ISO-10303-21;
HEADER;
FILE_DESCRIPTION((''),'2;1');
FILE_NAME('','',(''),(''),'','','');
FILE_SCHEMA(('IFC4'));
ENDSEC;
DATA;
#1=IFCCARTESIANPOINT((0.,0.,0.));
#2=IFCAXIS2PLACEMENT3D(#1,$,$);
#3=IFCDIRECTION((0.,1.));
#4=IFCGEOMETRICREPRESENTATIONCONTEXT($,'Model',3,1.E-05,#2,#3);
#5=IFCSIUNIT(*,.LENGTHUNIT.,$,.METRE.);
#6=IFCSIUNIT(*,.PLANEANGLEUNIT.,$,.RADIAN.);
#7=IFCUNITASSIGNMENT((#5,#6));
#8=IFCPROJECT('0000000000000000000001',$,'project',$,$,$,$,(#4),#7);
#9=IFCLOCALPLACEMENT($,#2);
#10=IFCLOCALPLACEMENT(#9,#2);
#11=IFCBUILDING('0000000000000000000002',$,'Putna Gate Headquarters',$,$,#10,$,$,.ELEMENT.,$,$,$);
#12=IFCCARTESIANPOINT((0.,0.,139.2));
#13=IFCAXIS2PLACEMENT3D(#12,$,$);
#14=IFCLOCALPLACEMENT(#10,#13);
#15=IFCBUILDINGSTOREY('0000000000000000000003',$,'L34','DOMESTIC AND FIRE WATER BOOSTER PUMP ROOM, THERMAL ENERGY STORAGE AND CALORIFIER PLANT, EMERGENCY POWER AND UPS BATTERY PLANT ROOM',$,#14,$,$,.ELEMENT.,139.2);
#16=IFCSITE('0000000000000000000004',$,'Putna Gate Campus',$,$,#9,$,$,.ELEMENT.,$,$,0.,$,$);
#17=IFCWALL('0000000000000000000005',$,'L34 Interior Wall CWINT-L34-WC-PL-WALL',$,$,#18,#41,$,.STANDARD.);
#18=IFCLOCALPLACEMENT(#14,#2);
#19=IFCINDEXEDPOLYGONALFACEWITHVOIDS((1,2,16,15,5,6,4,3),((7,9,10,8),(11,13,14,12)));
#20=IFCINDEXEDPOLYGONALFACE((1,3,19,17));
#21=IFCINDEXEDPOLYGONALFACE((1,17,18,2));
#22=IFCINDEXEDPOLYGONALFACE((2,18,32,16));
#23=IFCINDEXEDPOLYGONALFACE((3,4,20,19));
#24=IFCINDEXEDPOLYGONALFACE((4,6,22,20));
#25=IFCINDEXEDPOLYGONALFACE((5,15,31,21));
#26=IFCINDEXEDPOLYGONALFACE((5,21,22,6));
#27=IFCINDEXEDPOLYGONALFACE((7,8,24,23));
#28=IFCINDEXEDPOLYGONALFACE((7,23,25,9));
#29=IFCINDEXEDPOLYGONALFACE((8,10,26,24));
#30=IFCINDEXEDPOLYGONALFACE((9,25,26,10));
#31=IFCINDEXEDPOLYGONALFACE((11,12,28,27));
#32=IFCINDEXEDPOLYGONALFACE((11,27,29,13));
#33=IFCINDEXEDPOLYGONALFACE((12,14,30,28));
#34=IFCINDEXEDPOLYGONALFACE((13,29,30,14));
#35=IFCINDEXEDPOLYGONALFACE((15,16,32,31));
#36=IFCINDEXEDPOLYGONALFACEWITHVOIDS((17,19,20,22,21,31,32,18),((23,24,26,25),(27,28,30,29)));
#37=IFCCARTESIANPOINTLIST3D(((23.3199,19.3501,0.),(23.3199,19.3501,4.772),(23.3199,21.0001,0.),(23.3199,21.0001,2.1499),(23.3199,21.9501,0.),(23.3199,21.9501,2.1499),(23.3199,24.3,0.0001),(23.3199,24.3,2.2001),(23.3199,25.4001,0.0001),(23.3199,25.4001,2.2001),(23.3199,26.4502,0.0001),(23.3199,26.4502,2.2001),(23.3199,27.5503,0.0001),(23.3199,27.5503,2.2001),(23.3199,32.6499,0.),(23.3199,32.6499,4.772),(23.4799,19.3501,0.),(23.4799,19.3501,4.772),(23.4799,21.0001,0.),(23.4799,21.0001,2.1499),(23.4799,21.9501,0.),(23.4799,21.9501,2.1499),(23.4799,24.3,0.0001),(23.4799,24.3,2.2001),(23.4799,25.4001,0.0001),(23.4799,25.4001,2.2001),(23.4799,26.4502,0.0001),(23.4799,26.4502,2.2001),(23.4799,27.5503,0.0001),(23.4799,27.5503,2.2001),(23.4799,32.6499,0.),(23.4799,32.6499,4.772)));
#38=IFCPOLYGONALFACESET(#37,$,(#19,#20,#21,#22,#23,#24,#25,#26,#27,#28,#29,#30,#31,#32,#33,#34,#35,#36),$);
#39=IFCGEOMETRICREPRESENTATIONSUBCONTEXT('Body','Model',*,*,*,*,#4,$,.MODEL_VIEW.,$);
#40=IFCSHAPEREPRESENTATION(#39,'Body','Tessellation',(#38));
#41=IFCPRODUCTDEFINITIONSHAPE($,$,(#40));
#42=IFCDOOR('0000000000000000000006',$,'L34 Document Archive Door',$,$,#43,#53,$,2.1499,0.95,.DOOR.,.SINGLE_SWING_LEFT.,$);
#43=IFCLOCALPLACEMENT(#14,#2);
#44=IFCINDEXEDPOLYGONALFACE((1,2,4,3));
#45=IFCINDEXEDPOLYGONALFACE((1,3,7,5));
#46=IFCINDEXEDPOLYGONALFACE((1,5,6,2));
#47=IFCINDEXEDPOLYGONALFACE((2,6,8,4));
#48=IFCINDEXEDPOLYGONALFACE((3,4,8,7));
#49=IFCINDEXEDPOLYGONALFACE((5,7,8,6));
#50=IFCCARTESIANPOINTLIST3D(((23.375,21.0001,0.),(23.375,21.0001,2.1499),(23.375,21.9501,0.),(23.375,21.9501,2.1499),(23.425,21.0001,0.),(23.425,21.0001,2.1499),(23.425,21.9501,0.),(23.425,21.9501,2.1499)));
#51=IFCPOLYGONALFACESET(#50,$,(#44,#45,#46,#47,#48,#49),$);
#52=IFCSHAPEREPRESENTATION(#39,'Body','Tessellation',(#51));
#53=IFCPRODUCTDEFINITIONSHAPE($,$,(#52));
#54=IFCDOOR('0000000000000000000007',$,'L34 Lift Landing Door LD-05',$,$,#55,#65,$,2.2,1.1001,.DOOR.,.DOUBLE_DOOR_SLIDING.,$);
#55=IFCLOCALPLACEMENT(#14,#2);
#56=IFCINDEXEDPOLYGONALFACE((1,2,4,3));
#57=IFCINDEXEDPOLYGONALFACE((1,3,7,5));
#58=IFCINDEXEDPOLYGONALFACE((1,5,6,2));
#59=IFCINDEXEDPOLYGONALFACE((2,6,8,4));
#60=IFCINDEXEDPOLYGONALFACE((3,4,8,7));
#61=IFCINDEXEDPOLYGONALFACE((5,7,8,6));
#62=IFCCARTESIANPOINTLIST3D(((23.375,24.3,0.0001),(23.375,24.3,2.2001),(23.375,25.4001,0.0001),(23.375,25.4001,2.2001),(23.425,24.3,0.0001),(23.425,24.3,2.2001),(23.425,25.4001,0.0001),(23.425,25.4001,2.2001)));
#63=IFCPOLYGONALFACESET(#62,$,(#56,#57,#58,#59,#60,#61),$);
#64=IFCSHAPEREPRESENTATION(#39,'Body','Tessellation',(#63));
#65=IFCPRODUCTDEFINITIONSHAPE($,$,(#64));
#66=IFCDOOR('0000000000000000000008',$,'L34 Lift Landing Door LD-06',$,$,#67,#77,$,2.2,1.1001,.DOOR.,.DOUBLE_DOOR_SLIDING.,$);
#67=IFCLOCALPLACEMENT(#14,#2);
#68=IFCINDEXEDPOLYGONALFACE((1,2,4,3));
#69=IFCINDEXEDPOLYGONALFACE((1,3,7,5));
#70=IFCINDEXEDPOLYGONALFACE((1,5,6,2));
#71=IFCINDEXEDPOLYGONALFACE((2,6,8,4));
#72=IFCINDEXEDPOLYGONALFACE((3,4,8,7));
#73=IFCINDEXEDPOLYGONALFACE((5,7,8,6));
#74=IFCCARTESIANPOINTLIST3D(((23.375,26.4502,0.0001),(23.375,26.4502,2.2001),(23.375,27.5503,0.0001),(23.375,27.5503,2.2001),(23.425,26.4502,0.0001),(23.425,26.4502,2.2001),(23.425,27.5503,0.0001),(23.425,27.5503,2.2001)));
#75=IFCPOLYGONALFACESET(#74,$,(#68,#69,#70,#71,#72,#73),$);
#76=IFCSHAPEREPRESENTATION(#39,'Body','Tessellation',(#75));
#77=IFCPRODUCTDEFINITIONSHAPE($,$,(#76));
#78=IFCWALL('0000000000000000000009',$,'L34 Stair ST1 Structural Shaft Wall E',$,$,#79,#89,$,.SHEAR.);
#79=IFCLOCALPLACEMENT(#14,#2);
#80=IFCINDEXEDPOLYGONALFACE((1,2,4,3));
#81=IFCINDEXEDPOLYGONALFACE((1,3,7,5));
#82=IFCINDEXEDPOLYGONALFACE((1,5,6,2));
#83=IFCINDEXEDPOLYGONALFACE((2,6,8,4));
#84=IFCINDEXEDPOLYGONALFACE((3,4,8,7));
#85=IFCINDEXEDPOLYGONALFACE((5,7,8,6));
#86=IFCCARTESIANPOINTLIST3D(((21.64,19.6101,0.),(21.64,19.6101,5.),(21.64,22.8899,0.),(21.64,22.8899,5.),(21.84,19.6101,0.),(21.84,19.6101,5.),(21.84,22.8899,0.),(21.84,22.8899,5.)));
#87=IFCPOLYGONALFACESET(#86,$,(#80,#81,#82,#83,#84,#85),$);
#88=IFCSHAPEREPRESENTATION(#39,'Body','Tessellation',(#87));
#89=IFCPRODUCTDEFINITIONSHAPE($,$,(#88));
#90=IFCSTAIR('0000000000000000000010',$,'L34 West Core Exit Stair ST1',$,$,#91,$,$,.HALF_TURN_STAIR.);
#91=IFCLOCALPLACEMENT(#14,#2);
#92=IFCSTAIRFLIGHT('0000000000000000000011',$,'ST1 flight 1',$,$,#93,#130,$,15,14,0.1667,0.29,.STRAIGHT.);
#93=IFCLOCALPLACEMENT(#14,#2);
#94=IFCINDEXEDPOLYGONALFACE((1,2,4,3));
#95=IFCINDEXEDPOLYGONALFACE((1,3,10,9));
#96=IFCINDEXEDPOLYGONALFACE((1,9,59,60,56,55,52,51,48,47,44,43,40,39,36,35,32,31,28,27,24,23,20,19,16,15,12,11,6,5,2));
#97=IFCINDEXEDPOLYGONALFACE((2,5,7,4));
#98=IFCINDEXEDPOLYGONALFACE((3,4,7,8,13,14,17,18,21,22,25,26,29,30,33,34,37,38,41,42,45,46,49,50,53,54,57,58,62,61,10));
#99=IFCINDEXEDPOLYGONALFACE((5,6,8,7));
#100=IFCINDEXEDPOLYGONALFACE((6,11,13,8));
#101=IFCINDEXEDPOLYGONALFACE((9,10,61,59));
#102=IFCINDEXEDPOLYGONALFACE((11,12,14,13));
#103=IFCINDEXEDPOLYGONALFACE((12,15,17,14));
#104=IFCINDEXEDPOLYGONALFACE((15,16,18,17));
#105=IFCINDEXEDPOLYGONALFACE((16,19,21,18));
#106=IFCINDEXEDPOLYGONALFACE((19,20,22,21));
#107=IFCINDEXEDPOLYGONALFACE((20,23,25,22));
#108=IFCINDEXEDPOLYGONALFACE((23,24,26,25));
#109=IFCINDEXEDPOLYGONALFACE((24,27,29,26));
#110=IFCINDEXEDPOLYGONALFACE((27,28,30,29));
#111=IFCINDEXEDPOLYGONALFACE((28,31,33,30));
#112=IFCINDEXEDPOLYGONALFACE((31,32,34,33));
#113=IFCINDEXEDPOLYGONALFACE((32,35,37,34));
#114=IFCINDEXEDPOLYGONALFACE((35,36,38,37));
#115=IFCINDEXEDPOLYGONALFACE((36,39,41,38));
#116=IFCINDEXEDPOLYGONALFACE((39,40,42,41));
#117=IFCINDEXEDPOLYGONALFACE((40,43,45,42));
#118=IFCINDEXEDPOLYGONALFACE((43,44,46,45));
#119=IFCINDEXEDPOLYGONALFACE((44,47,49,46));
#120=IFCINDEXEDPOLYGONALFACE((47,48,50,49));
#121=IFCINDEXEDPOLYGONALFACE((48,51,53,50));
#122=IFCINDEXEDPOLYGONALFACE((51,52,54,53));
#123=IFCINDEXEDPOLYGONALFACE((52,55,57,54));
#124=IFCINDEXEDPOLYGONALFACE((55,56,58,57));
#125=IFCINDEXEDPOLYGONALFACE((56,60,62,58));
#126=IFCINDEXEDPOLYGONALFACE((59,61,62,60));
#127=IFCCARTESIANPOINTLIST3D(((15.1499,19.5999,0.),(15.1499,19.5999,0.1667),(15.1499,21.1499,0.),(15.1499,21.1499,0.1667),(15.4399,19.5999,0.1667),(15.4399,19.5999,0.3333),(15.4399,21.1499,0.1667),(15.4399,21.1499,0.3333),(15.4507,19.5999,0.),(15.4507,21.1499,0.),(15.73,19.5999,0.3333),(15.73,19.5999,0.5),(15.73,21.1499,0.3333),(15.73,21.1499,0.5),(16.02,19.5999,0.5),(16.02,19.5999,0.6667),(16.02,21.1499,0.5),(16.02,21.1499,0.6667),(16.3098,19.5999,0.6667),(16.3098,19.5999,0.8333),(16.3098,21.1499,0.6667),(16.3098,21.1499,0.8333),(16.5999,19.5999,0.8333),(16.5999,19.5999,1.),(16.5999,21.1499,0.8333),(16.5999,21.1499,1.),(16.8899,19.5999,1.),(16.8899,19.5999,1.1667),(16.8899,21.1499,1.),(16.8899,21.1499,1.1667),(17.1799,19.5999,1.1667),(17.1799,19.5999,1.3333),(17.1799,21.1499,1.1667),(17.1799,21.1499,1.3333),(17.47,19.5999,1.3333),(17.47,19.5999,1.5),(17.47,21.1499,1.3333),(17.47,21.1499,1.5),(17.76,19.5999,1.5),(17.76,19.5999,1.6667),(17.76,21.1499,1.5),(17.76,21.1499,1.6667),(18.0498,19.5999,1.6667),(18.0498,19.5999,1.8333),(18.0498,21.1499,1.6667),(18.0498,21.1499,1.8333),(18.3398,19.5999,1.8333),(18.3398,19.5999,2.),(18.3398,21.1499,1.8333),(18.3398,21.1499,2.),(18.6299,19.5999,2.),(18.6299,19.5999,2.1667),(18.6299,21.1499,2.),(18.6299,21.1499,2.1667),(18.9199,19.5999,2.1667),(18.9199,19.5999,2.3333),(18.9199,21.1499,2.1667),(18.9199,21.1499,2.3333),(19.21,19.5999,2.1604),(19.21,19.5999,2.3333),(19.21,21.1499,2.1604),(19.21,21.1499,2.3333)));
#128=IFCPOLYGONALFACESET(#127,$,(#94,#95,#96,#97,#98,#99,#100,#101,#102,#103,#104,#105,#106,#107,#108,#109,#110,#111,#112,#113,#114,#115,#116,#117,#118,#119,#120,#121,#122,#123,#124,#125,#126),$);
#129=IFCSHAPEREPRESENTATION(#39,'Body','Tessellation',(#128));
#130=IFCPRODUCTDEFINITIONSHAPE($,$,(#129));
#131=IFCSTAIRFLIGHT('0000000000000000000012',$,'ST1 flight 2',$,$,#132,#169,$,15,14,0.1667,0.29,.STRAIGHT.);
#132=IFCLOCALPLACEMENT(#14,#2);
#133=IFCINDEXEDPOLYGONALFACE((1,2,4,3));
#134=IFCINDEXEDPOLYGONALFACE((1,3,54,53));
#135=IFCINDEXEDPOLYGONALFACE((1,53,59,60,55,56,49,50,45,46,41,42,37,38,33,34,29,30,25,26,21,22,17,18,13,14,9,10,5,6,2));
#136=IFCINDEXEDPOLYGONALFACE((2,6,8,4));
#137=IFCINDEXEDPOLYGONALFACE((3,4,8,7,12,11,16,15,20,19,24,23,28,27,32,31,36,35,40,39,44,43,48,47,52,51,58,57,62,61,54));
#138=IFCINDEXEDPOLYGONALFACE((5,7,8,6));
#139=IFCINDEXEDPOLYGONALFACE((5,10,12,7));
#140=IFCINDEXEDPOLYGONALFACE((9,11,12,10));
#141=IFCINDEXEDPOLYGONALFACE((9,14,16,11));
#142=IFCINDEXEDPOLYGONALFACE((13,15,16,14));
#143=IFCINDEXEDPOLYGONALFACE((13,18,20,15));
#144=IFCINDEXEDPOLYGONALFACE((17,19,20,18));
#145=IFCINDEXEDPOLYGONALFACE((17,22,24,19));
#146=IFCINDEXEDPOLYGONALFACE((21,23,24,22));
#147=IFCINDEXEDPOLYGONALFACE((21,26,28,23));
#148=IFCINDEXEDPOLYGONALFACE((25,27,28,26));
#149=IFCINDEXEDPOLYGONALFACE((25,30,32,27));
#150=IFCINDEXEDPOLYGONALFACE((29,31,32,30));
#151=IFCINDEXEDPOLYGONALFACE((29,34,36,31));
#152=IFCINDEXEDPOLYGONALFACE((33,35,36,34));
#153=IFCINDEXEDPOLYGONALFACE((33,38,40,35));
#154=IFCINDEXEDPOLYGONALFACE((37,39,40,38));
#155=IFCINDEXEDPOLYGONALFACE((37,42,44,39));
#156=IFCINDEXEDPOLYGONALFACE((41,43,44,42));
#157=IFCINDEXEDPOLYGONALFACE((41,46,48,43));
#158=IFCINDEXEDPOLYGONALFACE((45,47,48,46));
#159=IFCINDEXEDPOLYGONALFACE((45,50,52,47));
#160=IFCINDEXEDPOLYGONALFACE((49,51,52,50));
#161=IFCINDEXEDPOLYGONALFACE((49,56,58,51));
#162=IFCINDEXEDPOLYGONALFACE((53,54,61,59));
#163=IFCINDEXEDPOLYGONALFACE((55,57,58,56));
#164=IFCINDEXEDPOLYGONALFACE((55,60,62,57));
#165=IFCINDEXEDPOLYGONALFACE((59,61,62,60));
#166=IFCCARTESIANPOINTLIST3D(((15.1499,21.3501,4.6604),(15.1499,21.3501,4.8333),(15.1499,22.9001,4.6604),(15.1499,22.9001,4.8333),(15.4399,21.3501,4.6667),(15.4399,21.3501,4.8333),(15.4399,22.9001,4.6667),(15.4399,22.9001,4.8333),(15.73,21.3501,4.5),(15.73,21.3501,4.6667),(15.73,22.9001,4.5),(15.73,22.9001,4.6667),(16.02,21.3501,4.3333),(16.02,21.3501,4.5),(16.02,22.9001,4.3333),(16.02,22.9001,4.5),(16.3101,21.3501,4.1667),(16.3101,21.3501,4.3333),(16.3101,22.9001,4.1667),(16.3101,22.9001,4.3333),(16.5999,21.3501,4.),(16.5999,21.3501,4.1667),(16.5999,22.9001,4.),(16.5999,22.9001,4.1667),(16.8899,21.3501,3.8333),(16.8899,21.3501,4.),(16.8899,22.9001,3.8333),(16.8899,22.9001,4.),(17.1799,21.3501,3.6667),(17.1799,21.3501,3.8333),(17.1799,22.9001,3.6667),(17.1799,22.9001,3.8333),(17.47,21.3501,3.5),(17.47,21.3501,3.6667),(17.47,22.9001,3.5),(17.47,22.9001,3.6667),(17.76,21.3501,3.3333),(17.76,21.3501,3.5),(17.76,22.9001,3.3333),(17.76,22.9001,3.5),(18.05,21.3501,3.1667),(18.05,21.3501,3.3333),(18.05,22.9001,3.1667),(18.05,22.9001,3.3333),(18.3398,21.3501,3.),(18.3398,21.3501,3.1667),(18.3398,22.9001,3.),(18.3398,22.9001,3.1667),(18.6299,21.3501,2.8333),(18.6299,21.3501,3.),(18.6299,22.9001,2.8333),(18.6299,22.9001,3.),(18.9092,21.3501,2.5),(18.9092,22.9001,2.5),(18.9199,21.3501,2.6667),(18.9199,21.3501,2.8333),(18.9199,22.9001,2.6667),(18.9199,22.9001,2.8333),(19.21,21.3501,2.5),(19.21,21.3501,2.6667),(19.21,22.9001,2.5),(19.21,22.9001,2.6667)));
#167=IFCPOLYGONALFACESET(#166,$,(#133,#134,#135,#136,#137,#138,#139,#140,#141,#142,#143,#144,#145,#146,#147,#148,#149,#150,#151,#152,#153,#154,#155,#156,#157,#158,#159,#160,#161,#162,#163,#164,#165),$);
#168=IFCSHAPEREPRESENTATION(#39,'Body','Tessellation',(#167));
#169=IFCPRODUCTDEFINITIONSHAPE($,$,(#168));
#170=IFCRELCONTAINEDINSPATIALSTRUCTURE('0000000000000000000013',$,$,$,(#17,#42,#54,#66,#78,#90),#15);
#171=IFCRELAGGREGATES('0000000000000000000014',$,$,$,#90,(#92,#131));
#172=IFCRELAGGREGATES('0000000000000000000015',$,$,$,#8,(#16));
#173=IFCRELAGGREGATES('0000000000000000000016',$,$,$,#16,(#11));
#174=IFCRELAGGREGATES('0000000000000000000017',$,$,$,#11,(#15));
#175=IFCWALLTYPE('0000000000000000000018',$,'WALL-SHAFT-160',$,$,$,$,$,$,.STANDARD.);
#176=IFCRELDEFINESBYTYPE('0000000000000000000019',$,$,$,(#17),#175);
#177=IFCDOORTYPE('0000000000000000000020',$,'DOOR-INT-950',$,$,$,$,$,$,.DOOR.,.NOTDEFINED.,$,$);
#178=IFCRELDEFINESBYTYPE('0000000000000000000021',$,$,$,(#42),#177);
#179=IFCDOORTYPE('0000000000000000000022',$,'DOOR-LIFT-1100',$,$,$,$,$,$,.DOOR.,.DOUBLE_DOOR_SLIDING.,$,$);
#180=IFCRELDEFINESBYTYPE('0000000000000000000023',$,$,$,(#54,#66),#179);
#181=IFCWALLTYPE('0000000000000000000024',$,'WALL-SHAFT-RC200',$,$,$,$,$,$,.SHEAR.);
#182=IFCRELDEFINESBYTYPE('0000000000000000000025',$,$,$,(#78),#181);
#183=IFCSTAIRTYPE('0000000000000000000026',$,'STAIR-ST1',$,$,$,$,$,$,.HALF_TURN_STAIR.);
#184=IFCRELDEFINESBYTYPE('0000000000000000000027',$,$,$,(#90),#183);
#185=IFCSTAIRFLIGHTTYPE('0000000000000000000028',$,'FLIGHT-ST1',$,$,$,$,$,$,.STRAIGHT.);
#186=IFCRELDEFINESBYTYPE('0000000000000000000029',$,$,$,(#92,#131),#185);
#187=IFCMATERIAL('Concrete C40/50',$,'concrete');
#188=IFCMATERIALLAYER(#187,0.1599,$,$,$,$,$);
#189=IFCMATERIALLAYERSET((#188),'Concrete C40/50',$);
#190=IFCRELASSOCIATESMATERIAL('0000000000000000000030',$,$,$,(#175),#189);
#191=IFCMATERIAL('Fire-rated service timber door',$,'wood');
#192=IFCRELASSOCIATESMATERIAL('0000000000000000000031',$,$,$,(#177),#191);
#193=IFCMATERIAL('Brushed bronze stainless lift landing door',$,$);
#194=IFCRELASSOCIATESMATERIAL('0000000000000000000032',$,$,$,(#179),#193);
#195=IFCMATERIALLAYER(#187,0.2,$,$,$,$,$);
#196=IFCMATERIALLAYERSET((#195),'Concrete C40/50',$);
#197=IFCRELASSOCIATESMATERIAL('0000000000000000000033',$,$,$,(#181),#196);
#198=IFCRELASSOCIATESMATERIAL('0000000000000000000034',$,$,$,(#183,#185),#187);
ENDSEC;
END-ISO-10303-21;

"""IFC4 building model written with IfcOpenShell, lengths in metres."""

from ifc_helpers import new_model, si_unit, direction, frame, frame_2d, origin, place, context, subcontext, project, spatial, polyline, rectangle, outline, extrude, material, layer, layer_set, type_object, element, fill, aggregate, save


model = new_model("IFC4")

# Units and contexts
model_context = context("Model", 3, precision=1e-05, world=origin(), true_north=direction((0.0, 1.0)))
body_context = subcontext(model_context, "Body", "Model", "MODEL_VIEW")
ifc_project = project(units=[si_unit("LENGTHUNIT", "METRE"), si_unit("PLANEANGLEUNIT", "RADIAN")], contexts=[model_context])

# Site, building, storey
site_placement = place(None, origin())
site = spatial("IfcSite", under=ifc_project, at=site_placement, Name="Putna Gate Campus", CompositionType="ELEMENT", RefElevation=0.0)
building_placement = place(site_placement, origin())
building = spatial("IfcBuilding", under=site, at=building_placement, Name="Putna Gate Headquarters", CompositionType="ELEMENT")
storey_placement = place(building_placement, frame((0.0, 0.0, 139.2)))
storey = spatial("IfcBuildingStorey", under=building, at=storey_placement, Name="L34", Description="DOMESTIC AND FIRE WATER BOOSTER PUMP ROOM, THERMAL ENERGY STORAGE AND CALORIFIER PLANT, EMERGENCY POWER AND UPS BATTERY PLANT ROOM", CompositionType="ELEMENT", Elevation=139.2)

# Wall, openings, doors
ifc_material_1 = material(Name="Concrete C40/50", Category="concrete")
ifc_layer_1 = layer(ifc_material_1, 0.1599)
ifc_layer_set_1 = layer_set([ifc_layer_1], Name="Concrete C40/50")
wall_type_1 = type_object("IfcWallType", Name="WALL-SHAFT-160", PredefinedType="STANDARD", material=ifc_layer_set_1)
wall_1_placement = place(storey_placement, frame((23.3999, 19.3501, 0.0), z_axis=(0.0, 0.0, 1.0), x_axis=(0.0, 1.0, 0.0)))
wall_1 = element("IfcWall", 1, at=wall_1_placement, inside=storey, type_object=wall_type_1, Name="L34 Interior Wall CWINT-L34-WC-PL-WALL", PredefinedType="STANDARD", context=body_context, shape_type="SweptSolid", body=[
    extrude(rectangle(XDim=13.2998, YDim=0.1599, at=frame_2d((6.6499, 0.0))), origin(), (0.0, 0.0, 1.0), 4.772),
])
opening_1_placement = place(wall_1_placement, frame((1.6499, 0.0, 0.0)))
opening_1 = element("IfcOpeningElement", 2, at=opening_1_placement, cuts=wall_1, PredefinedType="OPENING", context=body_context, shape_type="SweptSolid", body=[
    extrude(rectangle(XDim=0.95, YDim=2.1499, at=frame_2d((0.4751, 1.075))), frame((0.0, 0.0898, 0.0), z_axis=(0.0, -1.0, 0.0), x_axis=(1.0, 0.0, 0.0)), (0.0, 0.0, 1.0), 0.1799),
])
opening_2_placement = place(wall_1_placement, frame((4.95, 0.0, 0.0)))
opening_2 = element("IfcOpeningElement", 3, at=opening_2_placement, cuts=wall_1, PredefinedType="OPENING", context=body_context, shape_type="SweptSolid", body=[
    extrude(rectangle(XDim=1.1001, YDim=2.2, at=frame_2d((0.55, 1.1001))), frame((0.0, 0.0898, 0.0), z_axis=(0.0, -1.0, 0.0), x_axis=(1.0, 0.0, 0.0)), (0.0, 0.0, 1.0), 0.1799),
])
opening_3_placement = place(wall_1_placement, frame((7.1001, 0.0, 0.0)))
opening_3 = element("IfcOpeningElement", 4, at=opening_3_placement, cuts=wall_1, PredefinedType="OPENING", context=body_context, shape_type="SweptSolid", body=[
    extrude(rectangle(XDim=1.1001, YDim=2.2, at=frame_2d((0.55, 1.1001))), frame((0.0, 0.0898, 0.0), z_axis=(0.0, -1.0, 0.0), x_axis=(1.0, 0.0, 0.0)), (0.0, 0.0, 1.0), 0.1799),
])
ifc_material_2 = material(Name="Fire-rated service timber door", Category="wood")
door_type_1 = type_object("IfcDoorType", Name="DOOR-INT-950", OperationType="NOTDEFINED", PredefinedType="DOOR", material=ifc_material_2)
door_1_placement = place(opening_1_placement, origin())
door_1 = element("IfcDoor", 5, at=door_1_placement, inside=storey, type_object=door_type_1, Name="L34 Document Archive Door", OperationType="SINGLE_SWING_LEFT", OverallHeight=2.1499, OverallWidth=0.95, PredefinedType="DOOR", context=body_context, shape_type="SweptSolid", body=[
    extrude(rectangle(XDim=0.95, YDim=2.1499, at=frame_2d((0.4751, 1.075))), frame((0.0, 0.0249, 0.0), z_axis=(0.0, -1.0, 0.0), x_axis=(1.0, 0.0, 0.0)), (0.0, 0.0, 1.0), 0.05),
])
fill(opening_1, door_1)
ifc_material_3 = material(Name="Brushed bronze stainless lift landing door")
door_type_2 = type_object("IfcDoorType", Name="DOOR-LIFT-1100", OperationType="DOUBLE_DOOR_SLIDING", PredefinedType="DOOR", material=ifc_material_3)
door_2_placement = place(opening_2_placement, origin())
door_2 = element("IfcDoor", 6, at=door_2_placement, inside=storey, type_object=door_type_2, Name="L34 Lift Landing Door LD-05", OperationType="DOUBLE_DOOR_SLIDING", OverallHeight=2.2, OverallWidth=1.1001, PredefinedType="DOOR", context=body_context, shape_type="SweptSolid", body=[
    extrude(rectangle(XDim=1.1001, YDim=2.2, at=frame_2d((0.55, 1.1001))), frame((0.0, 0.0249, 0.0), z_axis=(0.0, -1.0, 0.0), x_axis=(1.0, 0.0, 0.0)), (0.0, 0.0, 1.0), 0.05),
])
fill(opening_2, door_2)
door_3_placement = place(opening_3_placement, origin())
door_3 = element("IfcDoor", 7, at=door_3_placement, inside=storey, type_object=door_type_2, Name="L34 Lift Landing Door LD-06", OperationType="DOUBLE_DOOR_SLIDING", OverallHeight=2.2, OverallWidth=1.1001, PredefinedType="DOOR", context=body_context, shape_type="SweptSolid", body=[
    extrude(rectangle(XDim=1.1001, YDim=2.2, at=frame_2d((0.55, 1.1001))), frame((0.0, 0.0249, 0.0), z_axis=(0.0, -1.0, 0.0), x_axis=(1.0, 0.0, 0.0)), (0.0, 0.0, 1.0), 0.05),
])
fill(opening_3, door_3)

# Wall
ifc_layer_2 = layer(ifc_material_1, 0.2)
ifc_layer_set_2 = layer_set([ifc_layer_2], Name="Concrete C40/50")
wall_type_2 = type_object("IfcWallType", Name="WALL-SHAFT-RC200", PredefinedType="SHEAR", material=ifc_layer_set_2)
wall_2_placement = place(storey_placement, frame((21.74, 19.6101, 0.0), z_axis=(0.0, 0.0, 1.0), x_axis=(0.0, 1.0, 0.0)))
element("IfcWall", 8, at=wall_2_placement, inside=storey, type_object=wall_type_2, Name="L34 Stair ST1 Structural Shaft Wall E", PredefinedType="SHEAR", context=body_context, shape_type="SweptSolid", body=[
    extrude(rectangle(XDim=3.2798, YDim=0.2, at=frame_2d((1.6399, 0.0))), origin(), (0.0, 0.0, 1.0), 5.0),
])

# Stair, stair flights
stair_type = type_object("IfcStairType", Name="STAIR-ST1", PredefinedType="HALF_TURN_STAIR", material=ifc_material_1)
stair_placement = place(storey_placement, origin())
stair = element("IfcStair", 9, at=stair_placement, inside=storey, type_object=stair_type, Name="L34 West Core Exit Stair ST1", PredefinedType="HALF_TURN_STAIR")
stair_flight_type = type_object("IfcStairFlightType", Name="FLIGHT-ST1", PredefinedType="STRAIGHT", material=ifc_material_1)
stair_flight_1_placement = place(storey_placement, frame((15.1499, 20.375, 0.0), z_axis=(0.0, 0.0, 1.0), x_axis=(1.0, 0.0, 0.0)))
stair_flight_1 = element("IfcStairFlight", 10, at=stair_flight_1_placement, type_object=stair_flight_type, Name="ST1 flight 1", NumberOfRisers=15, NumberOfTreads=14, PredefinedType="STRAIGHT", RiserHeight=0.1667, TreadLength=0.29, context=body_context, shape_type="SweptSolid", body=[
    extrude(outline(polyline([(0.0, 0.0), (0.0, 0.1667), (0.29, 0.1667), (0.29, 0.3333), (0.5801, 0.3333), (0.5801, 0.5), (0.8701, 0.5), (0.8701, 0.6667), (1.1599, 0.6667), (1.1599, 0.8333), (1.45, 0.8333), (1.45, 1.0), (1.74, 1.0), (1.74, 1.1667), (2.03, 1.1667), (2.03, 1.3333), (2.3201, 1.3333), (2.3201, 1.5), (2.6101, 1.5), (2.6101, 1.6667), (2.8999, 1.6667), (2.8999, 1.8333), (3.1899, 1.8333), (3.1899, 2.0), (3.48, 2.0), (3.48, 2.1667), (3.77, 2.1667), (3.77, 2.3333), (4.0601, 2.3333), (4.0601, 2.5), (4.0601, 2.1604), (0.3008, 0.0), (0.0, 0.0)])), frame((0.0, 0.7749, 0.0), z_axis=(0.0, -1.0, 0.0), x_axis=(1.0, 0.0, 0.0)), (0.0, 0.0, 1.0), 1.55),
])
stair_flight_2_placement = place(storey_placement, frame((19.21, 22.125, 2.5), z_axis=(0.0, 0.0, 1.0), x_axis=(-1.0, 0.0, 0.0)))
stair_flight_2 = element("IfcStairFlight", 11, at=stair_flight_2_placement, type_object=stair_flight_type, Name="ST1 flight 2", NumberOfRisers=15, NumberOfTreads=14, PredefinedType="STRAIGHT", RiserHeight=0.1667, TreadLength=0.29, context=body_context, shape_type="SweptSolid", body=[
    extrude(outline(polyline([(0.0, 0.0), (0.0, 0.1667), (0.29, 0.1667), (0.29, 0.3333), (0.5801, 0.3333), (0.5801, 0.5), (0.8701, 0.5), (0.8701, 0.6667), (1.1599, 0.6667), (1.1599, 0.8333), (1.45, 0.8333), (1.45, 1.0), (1.74, 1.0), (1.74, 1.1667), (2.03, 1.1667), (2.03, 1.3333), (2.3201, 1.3333), (2.3201, 1.5), (2.6101, 1.5), (2.6101, 1.6667), (2.8999, 1.6667), (2.8999, 1.8333), (3.1899, 1.8333), (3.1899, 2.0), (3.48, 2.0), (3.48, 2.1667), (3.77, 2.1667), (3.77, 2.3333), (4.0601, 2.3333), (4.0601, 2.5), (4.0601, 2.1604), (0.3008, 0.0), (0.0, 0.0)])), frame((0.0, 0.7749, 0.0), z_axis=(0.0, -1.0, 0.0), x_axis=(1.0, 0.0, 0.0)), (0.0, 0.0, 1.0), 1.55),
])
aggregate(stair, [stair_flight_1, stair_flight_2])

save(model, "model.ifc")
